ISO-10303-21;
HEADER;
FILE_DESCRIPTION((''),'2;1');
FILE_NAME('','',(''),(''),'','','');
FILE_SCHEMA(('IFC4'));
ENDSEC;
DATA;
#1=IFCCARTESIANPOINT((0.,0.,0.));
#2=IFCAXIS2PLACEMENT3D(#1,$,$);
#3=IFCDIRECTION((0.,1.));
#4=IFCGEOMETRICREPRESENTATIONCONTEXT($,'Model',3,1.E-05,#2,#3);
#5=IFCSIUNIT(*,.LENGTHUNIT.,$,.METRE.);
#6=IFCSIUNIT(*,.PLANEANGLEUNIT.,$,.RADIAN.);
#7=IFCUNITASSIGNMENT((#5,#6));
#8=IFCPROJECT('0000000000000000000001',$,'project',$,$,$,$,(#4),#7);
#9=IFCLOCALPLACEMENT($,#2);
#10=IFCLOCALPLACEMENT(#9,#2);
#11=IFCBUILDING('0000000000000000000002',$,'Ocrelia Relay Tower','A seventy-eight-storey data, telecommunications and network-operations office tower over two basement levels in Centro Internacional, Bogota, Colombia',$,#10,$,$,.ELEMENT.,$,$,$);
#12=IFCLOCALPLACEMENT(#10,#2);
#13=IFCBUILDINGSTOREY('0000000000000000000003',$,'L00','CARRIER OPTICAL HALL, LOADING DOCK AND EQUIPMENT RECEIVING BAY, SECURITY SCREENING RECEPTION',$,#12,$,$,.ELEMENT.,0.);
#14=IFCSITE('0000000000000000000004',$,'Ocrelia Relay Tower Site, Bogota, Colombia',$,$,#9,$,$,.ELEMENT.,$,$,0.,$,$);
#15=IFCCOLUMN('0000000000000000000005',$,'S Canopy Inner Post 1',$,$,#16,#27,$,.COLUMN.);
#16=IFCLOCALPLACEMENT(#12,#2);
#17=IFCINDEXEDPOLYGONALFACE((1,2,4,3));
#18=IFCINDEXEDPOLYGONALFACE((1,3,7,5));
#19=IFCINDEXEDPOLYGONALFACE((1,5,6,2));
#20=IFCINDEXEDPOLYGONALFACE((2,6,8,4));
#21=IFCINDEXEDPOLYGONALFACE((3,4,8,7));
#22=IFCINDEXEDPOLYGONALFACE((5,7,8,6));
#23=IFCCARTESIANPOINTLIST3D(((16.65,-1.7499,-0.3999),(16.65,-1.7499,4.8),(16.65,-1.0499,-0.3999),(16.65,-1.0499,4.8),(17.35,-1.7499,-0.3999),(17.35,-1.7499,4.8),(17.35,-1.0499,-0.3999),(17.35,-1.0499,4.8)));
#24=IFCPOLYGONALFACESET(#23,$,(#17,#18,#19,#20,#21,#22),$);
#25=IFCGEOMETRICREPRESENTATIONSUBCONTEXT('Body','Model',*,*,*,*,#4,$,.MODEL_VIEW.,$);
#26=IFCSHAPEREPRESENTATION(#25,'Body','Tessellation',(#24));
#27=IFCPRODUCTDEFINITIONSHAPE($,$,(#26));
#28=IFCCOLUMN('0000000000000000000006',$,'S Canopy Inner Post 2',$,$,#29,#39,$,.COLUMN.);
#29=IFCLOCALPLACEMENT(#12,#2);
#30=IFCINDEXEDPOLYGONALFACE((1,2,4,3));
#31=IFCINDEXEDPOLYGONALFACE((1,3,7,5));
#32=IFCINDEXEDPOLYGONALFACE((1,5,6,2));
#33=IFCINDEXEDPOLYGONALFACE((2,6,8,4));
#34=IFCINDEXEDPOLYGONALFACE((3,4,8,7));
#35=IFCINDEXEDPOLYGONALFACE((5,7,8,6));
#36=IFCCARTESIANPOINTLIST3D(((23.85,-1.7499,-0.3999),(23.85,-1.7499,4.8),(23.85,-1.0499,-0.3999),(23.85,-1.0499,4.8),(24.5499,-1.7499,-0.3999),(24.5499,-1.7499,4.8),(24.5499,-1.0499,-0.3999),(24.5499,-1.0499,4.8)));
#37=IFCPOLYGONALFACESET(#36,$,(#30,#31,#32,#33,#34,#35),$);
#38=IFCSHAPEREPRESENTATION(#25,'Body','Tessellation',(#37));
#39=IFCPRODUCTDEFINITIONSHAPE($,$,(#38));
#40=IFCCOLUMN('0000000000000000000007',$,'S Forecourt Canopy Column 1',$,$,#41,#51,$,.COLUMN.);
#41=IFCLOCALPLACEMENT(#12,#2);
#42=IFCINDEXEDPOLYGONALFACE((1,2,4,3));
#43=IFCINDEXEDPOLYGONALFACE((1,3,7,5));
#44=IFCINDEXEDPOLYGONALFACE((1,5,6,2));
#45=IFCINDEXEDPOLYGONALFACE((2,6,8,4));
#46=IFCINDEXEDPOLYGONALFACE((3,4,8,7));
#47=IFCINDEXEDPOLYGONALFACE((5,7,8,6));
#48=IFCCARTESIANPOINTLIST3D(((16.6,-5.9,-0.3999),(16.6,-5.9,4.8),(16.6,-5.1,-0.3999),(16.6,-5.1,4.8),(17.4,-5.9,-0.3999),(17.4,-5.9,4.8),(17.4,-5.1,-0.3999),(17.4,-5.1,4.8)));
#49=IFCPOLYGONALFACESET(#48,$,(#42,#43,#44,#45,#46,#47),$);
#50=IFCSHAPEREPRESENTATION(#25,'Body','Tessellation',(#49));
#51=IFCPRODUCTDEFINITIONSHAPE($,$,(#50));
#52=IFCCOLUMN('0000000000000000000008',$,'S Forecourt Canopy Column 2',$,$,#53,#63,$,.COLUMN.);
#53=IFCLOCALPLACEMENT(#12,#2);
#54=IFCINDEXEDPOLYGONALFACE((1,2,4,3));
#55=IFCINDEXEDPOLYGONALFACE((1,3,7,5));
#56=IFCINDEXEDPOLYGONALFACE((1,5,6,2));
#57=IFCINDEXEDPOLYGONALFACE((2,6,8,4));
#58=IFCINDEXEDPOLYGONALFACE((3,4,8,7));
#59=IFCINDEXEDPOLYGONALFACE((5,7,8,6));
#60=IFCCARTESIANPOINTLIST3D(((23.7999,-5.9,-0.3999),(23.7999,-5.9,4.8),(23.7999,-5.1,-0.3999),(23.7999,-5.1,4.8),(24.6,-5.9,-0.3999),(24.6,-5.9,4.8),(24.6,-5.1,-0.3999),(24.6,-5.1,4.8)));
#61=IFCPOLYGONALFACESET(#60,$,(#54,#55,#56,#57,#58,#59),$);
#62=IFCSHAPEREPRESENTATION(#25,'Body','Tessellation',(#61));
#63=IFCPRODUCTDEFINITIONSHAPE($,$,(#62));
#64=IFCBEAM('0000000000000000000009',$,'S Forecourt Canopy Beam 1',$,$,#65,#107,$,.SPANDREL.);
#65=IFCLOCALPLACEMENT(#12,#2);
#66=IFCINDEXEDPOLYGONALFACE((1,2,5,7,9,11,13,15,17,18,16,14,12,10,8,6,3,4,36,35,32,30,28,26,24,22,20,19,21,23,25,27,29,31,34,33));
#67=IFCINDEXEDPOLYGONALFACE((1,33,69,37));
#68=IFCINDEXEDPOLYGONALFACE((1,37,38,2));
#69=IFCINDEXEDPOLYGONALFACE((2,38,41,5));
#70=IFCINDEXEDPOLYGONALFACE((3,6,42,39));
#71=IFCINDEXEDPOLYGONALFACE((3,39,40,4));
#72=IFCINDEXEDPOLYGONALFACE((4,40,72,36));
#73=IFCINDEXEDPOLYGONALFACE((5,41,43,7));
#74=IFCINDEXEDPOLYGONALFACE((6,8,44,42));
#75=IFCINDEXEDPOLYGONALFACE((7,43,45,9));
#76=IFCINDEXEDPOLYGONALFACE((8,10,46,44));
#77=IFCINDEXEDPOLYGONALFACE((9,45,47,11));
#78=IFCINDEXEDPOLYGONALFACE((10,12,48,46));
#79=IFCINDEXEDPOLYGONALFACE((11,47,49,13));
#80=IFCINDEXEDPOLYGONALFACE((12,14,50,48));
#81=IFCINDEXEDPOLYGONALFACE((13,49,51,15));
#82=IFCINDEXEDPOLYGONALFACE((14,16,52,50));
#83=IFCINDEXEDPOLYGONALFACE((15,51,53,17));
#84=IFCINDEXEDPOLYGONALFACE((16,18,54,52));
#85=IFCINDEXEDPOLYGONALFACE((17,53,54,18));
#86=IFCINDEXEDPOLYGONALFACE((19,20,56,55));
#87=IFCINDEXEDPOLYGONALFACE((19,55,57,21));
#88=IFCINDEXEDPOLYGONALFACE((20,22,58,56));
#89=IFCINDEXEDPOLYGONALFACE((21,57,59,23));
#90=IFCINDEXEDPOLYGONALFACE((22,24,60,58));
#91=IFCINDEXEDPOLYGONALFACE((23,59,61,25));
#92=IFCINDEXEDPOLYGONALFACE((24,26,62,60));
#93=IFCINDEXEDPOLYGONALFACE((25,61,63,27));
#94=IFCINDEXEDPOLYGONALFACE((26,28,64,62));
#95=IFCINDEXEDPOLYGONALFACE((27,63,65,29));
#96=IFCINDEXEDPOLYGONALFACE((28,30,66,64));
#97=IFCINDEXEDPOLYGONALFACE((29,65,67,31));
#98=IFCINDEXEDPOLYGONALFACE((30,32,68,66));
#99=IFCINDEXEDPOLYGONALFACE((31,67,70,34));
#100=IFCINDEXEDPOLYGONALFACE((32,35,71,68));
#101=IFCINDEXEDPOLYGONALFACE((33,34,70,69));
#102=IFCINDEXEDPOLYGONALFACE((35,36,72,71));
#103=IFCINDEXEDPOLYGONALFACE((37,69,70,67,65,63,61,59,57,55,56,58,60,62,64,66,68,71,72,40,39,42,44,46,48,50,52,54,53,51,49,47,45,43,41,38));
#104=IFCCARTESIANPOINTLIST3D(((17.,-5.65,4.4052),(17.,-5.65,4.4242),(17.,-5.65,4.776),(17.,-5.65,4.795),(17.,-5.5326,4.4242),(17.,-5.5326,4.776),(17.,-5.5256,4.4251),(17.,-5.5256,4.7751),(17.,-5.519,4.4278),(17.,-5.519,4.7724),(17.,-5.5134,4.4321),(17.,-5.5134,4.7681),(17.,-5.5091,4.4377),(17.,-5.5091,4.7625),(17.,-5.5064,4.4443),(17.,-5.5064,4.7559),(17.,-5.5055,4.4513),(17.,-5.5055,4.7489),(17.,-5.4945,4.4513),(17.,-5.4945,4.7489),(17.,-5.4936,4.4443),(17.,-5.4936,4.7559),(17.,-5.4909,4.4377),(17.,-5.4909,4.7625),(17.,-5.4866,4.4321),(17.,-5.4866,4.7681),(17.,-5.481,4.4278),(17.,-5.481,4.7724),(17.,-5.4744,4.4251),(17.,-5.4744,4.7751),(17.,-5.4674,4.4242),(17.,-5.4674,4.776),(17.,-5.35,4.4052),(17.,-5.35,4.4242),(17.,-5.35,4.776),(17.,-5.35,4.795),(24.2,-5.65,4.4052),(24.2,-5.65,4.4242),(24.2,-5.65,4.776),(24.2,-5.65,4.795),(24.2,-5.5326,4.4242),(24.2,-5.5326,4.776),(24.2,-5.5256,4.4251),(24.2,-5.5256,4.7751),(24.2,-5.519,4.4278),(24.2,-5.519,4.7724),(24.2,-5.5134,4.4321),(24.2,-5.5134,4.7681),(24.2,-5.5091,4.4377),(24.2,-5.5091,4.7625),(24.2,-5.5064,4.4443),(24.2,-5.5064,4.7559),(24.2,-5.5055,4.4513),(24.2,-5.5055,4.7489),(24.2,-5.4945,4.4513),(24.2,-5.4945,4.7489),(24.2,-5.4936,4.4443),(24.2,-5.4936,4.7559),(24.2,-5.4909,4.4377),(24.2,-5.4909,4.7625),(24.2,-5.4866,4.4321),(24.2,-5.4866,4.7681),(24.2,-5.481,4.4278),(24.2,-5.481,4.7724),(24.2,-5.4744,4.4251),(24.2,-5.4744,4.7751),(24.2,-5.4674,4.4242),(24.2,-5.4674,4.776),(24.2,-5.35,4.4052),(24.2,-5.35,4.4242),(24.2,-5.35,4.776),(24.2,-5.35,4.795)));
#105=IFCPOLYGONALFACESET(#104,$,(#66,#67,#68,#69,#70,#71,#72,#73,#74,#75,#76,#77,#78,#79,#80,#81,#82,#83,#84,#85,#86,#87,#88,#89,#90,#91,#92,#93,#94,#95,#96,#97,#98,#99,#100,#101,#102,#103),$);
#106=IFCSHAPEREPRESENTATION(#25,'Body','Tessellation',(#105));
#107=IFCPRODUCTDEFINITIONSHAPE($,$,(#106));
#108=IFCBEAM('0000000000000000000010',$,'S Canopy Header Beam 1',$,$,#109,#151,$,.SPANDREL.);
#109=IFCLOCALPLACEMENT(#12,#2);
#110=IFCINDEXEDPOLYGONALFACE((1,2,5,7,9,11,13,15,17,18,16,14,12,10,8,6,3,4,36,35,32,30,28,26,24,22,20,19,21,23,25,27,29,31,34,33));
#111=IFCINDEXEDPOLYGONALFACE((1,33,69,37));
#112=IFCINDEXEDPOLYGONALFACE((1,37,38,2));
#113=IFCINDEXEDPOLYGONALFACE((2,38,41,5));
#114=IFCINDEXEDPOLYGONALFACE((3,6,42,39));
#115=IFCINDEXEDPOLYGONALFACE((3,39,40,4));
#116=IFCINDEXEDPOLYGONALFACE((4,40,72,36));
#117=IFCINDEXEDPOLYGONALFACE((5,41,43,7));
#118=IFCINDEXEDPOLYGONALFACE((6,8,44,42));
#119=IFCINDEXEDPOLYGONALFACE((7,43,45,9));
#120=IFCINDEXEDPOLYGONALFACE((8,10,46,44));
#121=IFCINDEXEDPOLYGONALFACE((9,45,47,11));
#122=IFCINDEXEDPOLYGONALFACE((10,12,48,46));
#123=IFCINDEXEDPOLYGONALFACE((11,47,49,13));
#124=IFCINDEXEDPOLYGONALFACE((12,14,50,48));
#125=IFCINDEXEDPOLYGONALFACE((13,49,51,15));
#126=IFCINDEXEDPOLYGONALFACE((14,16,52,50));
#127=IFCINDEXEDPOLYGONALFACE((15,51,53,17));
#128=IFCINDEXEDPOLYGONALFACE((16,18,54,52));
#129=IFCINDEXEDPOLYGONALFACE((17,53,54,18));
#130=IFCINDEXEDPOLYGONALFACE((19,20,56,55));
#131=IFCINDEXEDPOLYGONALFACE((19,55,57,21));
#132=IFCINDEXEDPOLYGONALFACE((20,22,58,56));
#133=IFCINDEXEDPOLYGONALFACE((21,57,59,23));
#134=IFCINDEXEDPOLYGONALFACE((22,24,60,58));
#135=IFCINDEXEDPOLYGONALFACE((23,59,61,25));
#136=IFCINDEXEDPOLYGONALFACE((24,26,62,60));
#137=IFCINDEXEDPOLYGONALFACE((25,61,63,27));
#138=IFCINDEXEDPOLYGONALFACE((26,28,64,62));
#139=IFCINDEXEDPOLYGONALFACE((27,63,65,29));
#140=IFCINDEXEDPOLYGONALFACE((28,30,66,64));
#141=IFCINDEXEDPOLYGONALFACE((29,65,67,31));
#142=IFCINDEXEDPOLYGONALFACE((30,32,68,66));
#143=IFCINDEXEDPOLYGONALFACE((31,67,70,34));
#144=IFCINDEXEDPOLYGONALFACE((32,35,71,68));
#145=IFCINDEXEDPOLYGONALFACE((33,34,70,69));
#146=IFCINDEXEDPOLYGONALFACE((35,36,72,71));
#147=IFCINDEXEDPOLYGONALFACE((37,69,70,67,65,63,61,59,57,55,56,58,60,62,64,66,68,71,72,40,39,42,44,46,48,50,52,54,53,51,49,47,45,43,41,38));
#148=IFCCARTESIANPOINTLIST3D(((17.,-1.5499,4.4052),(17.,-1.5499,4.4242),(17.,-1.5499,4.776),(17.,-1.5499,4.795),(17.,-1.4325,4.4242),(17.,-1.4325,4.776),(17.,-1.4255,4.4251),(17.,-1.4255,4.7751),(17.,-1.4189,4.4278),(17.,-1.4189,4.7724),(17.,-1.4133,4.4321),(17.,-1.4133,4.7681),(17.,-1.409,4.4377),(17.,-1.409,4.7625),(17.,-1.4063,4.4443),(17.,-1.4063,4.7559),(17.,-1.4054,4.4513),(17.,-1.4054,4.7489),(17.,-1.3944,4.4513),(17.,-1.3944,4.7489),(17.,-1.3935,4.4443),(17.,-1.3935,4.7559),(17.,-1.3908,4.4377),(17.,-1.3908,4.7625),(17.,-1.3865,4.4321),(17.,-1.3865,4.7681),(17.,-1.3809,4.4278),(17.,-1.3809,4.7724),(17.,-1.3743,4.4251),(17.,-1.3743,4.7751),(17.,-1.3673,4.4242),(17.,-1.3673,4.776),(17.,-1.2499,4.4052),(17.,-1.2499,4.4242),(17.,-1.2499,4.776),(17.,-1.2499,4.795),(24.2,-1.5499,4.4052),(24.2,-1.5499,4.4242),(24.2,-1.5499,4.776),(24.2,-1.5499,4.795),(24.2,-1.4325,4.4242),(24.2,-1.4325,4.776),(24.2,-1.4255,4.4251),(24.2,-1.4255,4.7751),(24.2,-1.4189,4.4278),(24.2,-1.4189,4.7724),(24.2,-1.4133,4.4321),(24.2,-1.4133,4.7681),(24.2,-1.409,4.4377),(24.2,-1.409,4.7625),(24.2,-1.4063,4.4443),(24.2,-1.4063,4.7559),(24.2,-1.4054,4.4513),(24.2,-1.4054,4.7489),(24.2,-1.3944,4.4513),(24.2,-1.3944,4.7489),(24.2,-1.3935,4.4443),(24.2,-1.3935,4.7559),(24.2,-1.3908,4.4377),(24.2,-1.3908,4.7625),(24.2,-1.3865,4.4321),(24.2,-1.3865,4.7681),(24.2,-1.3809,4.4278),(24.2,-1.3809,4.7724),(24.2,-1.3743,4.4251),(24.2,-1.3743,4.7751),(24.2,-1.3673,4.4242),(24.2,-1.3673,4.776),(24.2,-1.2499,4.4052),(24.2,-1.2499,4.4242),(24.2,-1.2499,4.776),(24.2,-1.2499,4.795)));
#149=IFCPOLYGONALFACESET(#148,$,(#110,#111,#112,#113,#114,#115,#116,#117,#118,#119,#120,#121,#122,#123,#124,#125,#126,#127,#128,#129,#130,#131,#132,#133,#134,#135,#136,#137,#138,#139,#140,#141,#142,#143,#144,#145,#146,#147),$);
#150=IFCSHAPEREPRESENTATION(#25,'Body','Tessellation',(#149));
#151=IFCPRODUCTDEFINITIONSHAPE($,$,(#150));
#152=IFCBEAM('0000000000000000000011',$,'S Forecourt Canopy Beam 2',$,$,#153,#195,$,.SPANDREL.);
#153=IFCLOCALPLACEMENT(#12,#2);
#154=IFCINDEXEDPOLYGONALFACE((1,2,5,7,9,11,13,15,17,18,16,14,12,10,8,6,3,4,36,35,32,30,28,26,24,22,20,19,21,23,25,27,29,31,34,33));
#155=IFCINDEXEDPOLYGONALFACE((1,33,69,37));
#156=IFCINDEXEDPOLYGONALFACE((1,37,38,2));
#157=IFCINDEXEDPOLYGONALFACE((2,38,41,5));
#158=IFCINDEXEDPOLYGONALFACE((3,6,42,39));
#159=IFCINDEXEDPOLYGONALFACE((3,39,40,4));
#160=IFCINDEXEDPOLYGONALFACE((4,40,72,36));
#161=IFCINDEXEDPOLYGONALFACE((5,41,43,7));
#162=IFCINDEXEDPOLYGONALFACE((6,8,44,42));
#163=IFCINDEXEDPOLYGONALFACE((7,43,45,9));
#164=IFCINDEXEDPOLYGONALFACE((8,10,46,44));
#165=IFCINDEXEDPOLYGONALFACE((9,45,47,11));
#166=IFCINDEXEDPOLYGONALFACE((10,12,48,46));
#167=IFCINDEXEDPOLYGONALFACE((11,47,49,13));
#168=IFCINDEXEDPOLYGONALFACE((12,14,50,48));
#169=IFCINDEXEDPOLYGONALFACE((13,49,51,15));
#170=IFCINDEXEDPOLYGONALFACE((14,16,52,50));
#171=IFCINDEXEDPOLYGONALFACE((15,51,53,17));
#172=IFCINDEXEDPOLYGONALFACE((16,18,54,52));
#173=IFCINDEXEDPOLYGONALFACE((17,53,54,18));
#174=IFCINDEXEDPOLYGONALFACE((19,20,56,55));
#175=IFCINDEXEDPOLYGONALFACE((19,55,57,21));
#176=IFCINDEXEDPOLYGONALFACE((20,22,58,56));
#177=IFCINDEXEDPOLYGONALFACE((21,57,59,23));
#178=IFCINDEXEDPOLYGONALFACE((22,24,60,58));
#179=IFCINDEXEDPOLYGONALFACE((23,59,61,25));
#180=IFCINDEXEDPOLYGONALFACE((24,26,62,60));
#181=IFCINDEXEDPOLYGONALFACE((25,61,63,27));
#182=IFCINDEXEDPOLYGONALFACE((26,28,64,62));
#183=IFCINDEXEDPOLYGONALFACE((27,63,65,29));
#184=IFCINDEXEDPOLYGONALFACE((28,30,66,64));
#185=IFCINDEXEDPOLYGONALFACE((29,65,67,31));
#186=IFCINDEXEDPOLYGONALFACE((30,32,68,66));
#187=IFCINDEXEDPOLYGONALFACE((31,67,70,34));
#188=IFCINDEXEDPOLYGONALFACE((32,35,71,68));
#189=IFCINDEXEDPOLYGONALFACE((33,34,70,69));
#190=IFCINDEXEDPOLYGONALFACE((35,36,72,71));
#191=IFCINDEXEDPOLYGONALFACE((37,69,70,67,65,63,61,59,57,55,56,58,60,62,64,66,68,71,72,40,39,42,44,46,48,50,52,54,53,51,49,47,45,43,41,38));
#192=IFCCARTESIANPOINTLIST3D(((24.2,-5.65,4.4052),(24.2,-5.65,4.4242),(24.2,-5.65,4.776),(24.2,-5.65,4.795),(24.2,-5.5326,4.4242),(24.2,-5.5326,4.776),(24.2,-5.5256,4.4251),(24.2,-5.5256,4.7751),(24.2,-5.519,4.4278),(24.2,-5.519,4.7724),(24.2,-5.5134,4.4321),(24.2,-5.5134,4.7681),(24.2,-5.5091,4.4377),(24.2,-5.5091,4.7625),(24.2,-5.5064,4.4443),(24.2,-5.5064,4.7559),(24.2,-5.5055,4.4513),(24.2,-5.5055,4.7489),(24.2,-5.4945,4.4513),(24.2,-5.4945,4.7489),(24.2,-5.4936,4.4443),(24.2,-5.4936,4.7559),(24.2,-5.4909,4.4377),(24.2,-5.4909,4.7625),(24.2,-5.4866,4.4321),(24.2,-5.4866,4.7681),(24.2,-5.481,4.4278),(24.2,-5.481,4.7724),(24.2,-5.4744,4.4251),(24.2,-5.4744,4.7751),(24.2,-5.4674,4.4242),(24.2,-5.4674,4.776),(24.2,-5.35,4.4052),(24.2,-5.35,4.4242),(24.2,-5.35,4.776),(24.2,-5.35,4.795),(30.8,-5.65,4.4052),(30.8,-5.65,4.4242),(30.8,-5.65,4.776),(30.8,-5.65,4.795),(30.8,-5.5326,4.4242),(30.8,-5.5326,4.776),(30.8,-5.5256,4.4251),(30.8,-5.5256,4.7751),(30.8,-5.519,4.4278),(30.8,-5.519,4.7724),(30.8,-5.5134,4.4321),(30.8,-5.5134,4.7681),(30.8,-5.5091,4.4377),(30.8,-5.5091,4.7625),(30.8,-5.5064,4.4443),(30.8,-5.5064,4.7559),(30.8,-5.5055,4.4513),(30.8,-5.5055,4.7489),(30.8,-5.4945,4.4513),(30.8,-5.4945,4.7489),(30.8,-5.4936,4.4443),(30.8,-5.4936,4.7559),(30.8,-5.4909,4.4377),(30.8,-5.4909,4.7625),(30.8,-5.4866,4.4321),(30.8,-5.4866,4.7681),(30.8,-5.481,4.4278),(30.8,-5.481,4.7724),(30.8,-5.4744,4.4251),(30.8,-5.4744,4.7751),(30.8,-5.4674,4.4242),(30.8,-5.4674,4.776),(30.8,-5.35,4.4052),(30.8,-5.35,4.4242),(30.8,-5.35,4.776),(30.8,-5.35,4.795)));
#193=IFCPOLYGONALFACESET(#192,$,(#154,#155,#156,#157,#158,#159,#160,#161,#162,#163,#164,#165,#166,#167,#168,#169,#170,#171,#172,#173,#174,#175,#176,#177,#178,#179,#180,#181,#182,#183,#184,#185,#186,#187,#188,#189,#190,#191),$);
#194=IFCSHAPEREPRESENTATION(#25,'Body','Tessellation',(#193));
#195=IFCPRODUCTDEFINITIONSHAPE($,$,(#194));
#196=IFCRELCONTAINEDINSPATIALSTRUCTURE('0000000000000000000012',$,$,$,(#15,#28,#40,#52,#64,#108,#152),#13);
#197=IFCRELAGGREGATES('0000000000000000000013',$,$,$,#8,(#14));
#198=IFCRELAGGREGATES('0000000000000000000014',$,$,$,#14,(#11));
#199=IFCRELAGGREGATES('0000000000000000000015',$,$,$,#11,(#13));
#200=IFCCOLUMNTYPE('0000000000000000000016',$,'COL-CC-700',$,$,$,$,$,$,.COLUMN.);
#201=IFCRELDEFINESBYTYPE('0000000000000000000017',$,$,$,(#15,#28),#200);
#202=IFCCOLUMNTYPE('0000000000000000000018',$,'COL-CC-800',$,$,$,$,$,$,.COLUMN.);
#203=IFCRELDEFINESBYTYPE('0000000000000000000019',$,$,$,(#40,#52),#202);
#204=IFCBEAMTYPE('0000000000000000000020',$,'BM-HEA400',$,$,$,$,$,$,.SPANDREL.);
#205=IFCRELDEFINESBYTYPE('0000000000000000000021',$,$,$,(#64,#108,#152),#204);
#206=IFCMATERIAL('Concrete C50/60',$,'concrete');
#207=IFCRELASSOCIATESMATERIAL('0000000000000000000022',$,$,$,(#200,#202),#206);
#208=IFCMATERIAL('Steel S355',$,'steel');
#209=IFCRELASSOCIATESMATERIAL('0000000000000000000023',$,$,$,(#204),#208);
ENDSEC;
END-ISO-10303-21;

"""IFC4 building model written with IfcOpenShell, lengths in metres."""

from ifc_helpers import new_model, si_unit, direction, frame, origin, origin_2d, place, context, subcontext, project, spatial, rectangle, i_section, extrude, material, material_profile, profile_set, type_object, element, save


model = new_model("IFC4")

# Units and contexts
model_context = context("Model", 3, precision=1e-05, world=origin(), true_north=direction((0.0, 1.0)))
body_context = subcontext(model_context, "Body", "Model", "MODEL_VIEW")
ifc_project = project(units=[si_unit("LENGTHUNIT", "METRE"), si_unit("PLANEANGLEUNIT", "RADIAN")], contexts=[model_context])

# Site, building, storey
site_placement = place(None, origin())
site = spatial("IfcSite", under=ifc_project, at=site_placement, Name="Ocrelia Relay Tower Site, Bogota, Colombia", CompositionType="ELEMENT", RefElevation=0.0)
building_placement = place(site_placement, origin())
building = spatial("IfcBuilding", under=site, at=building_placement, Name="Ocrelia Relay Tower", Description="A seventy-eight-storey data, telecommunications and network-operations office tower over two basement levels in Centro Internacional, Bogota, Colombia", CompositionType="ELEMENT")
storey_placement = place(building_placement, origin())
storey = spatial("IfcBuildingStorey", under=building, at=storey_placement, Name="L00", Description="CARRIER OPTICAL HALL, LOADING DOCK AND EQUIPMENT RECEIVING BAY, SECURITY SCREENING RECEPTION", CompositionType="ELEMENT", Elevation=0.0)

# Shared definitions
ifc_material_1 = material(Name="Concrete C50/60", Category="concrete")

# Columns
ifc_material_profile_1 = material_profile(ifc_material_1, rectangle(XDim=0.7, YDim=0.7, at=origin_2d()), Name="RC-COL-700x700")
ifc_profile_set_1 = profile_set([ifc_material_profile_1], Name="Concrete C50/60")
column_type_1 = type_object("IfcColumnType", Name="COL-CC-700", PredefinedType="COLUMN", material=ifc_profile_set_1)
for number, where, z_axis, x_axis, name in (
    (1, (17.0, -1.3999, -0.3999), (0.0, 0.0, 1.0), (1.0, 0.0, 0.0), "S Canopy Inner Post 1"),
    (2, (24.2, -1.3999, -0.3999), (0.0, 0.0, 1.0), (1.0, 0.0, 0.0), "S Canopy Inner Post 2"),
):
    element("IfcColumn", number, at=place(storey_placement, frame(where, z_axis=z_axis, x_axis=x_axis)), inside=storey, type_object=column_type_1, Name=name, PredefinedType="COLUMN", context=body_context, shape_type="SweptSolid", body=[
        extrude(rectangle(XDim=0.7, YDim=0.7, at=origin_2d()), origin(), (0.0, 0.0, 1.0), 5.2),
    ])
ifc_material_profile_2 = material_profile(ifc_material_1, rectangle(XDim=0.8, YDim=0.8, at=origin_2d()), Name="RC-COL-800x800")
ifc_profile_set_2 = profile_set([ifc_material_profile_2], Name="Concrete C50/60")
column_type_2 = type_object("IfcColumnType", Name="COL-CC-800", PredefinedType="COLUMN", material=ifc_profile_set_2)
for number, where, z_axis, x_axis, name in (
    (3, (17.0, -5.5, -0.3999), (0.0, 0.0, 1.0), (1.0, 0.0, 0.0), "S Forecourt Canopy Column 1"),
    (4, (24.2, -5.5, -0.3999), (0.0, 0.0, 1.0), (1.0, 0.0, 0.0), "S Forecourt Canopy Column 2"),
):
    element("IfcColumn", number, at=place(storey_placement, frame(where, z_axis=z_axis, x_axis=x_axis)), inside=storey, type_object=column_type_2, Name=name, PredefinedType="COLUMN", context=body_context, shape_type="SweptSolid", body=[
        extrude(rectangle(XDim=0.8, YDim=0.8, at=origin_2d()), origin(), (0.0, 0.0, 1.0), 5.2),
    ])

# Beams
ifc_material_2 = material(Name="Steel S355", Category="steel")
ifc_material_profile_3 = material_profile(ifc_material_2, i_section(OverallWidth=0.3, OverallDepth=0.3899, WebThickness=0.011, FlangeThickness=0.019, FilletRadius=0.0271, at=origin_2d()), Name="HEA 400")
ifc_profile_set_3 = profile_set([ifc_material_profile_3], Name="Steel S355")
beam_type = type_object("IfcBeamType", Name="BM-HEA400", PredefinedType="SPANDREL", material=ifc_profile_set_3)
for number, where, z_axis, x_axis, name in (
    (5, (17.0, -5.5, 4.6001), (1.0, 0.0, 0.0), (0.0, 1.0, 0.0), "S Forecourt Canopy Beam 1"),
    (6, (17.0, -1.3999, 4.6001), (1.0, 0.0, 0.0), (0.0, 1.0, 0.0), "S Canopy Header Beam 1"),
):
    element("IfcBeam", number, at=place(storey_placement, frame(where, z_axis=z_axis, x_axis=x_axis)), inside=storey, type_object=beam_type, Name=name, PredefinedType="SPANDREL", context=body_context, shape_type="SweptSolid", body=[
        extrude(i_section(OverallWidth=0.3, OverallDepth=0.3899, WebThickness=0.011, FlangeThickness=0.019, FilletRadius=0.0271, at=origin_2d()), origin(), (0.0, 0.0, 1.0), 7.2),
    ])
beam_placement = place(storey_placement, frame((24.2, -5.5, 4.6001), z_axis=(1.0, 0.0, 0.0), x_axis=(0.0, 1.0, 0.0)))
element("IfcBeam", 7, at=beam_placement, inside=storey, type_object=beam_type, Name="S Forecourt Canopy Beam 2", PredefinedType="SPANDREL", context=body_context, shape_type="SweptSolid", body=[
    extrude(i_section(OverallWidth=0.3, OverallDepth=0.3899, WebThickness=0.011, FlangeThickness=0.019, FilletRadius=0.0271, at=origin_2d()), origin(), (0.0, 0.0, 1.0), 6.6001),
])

save(model, "model.ifc")
